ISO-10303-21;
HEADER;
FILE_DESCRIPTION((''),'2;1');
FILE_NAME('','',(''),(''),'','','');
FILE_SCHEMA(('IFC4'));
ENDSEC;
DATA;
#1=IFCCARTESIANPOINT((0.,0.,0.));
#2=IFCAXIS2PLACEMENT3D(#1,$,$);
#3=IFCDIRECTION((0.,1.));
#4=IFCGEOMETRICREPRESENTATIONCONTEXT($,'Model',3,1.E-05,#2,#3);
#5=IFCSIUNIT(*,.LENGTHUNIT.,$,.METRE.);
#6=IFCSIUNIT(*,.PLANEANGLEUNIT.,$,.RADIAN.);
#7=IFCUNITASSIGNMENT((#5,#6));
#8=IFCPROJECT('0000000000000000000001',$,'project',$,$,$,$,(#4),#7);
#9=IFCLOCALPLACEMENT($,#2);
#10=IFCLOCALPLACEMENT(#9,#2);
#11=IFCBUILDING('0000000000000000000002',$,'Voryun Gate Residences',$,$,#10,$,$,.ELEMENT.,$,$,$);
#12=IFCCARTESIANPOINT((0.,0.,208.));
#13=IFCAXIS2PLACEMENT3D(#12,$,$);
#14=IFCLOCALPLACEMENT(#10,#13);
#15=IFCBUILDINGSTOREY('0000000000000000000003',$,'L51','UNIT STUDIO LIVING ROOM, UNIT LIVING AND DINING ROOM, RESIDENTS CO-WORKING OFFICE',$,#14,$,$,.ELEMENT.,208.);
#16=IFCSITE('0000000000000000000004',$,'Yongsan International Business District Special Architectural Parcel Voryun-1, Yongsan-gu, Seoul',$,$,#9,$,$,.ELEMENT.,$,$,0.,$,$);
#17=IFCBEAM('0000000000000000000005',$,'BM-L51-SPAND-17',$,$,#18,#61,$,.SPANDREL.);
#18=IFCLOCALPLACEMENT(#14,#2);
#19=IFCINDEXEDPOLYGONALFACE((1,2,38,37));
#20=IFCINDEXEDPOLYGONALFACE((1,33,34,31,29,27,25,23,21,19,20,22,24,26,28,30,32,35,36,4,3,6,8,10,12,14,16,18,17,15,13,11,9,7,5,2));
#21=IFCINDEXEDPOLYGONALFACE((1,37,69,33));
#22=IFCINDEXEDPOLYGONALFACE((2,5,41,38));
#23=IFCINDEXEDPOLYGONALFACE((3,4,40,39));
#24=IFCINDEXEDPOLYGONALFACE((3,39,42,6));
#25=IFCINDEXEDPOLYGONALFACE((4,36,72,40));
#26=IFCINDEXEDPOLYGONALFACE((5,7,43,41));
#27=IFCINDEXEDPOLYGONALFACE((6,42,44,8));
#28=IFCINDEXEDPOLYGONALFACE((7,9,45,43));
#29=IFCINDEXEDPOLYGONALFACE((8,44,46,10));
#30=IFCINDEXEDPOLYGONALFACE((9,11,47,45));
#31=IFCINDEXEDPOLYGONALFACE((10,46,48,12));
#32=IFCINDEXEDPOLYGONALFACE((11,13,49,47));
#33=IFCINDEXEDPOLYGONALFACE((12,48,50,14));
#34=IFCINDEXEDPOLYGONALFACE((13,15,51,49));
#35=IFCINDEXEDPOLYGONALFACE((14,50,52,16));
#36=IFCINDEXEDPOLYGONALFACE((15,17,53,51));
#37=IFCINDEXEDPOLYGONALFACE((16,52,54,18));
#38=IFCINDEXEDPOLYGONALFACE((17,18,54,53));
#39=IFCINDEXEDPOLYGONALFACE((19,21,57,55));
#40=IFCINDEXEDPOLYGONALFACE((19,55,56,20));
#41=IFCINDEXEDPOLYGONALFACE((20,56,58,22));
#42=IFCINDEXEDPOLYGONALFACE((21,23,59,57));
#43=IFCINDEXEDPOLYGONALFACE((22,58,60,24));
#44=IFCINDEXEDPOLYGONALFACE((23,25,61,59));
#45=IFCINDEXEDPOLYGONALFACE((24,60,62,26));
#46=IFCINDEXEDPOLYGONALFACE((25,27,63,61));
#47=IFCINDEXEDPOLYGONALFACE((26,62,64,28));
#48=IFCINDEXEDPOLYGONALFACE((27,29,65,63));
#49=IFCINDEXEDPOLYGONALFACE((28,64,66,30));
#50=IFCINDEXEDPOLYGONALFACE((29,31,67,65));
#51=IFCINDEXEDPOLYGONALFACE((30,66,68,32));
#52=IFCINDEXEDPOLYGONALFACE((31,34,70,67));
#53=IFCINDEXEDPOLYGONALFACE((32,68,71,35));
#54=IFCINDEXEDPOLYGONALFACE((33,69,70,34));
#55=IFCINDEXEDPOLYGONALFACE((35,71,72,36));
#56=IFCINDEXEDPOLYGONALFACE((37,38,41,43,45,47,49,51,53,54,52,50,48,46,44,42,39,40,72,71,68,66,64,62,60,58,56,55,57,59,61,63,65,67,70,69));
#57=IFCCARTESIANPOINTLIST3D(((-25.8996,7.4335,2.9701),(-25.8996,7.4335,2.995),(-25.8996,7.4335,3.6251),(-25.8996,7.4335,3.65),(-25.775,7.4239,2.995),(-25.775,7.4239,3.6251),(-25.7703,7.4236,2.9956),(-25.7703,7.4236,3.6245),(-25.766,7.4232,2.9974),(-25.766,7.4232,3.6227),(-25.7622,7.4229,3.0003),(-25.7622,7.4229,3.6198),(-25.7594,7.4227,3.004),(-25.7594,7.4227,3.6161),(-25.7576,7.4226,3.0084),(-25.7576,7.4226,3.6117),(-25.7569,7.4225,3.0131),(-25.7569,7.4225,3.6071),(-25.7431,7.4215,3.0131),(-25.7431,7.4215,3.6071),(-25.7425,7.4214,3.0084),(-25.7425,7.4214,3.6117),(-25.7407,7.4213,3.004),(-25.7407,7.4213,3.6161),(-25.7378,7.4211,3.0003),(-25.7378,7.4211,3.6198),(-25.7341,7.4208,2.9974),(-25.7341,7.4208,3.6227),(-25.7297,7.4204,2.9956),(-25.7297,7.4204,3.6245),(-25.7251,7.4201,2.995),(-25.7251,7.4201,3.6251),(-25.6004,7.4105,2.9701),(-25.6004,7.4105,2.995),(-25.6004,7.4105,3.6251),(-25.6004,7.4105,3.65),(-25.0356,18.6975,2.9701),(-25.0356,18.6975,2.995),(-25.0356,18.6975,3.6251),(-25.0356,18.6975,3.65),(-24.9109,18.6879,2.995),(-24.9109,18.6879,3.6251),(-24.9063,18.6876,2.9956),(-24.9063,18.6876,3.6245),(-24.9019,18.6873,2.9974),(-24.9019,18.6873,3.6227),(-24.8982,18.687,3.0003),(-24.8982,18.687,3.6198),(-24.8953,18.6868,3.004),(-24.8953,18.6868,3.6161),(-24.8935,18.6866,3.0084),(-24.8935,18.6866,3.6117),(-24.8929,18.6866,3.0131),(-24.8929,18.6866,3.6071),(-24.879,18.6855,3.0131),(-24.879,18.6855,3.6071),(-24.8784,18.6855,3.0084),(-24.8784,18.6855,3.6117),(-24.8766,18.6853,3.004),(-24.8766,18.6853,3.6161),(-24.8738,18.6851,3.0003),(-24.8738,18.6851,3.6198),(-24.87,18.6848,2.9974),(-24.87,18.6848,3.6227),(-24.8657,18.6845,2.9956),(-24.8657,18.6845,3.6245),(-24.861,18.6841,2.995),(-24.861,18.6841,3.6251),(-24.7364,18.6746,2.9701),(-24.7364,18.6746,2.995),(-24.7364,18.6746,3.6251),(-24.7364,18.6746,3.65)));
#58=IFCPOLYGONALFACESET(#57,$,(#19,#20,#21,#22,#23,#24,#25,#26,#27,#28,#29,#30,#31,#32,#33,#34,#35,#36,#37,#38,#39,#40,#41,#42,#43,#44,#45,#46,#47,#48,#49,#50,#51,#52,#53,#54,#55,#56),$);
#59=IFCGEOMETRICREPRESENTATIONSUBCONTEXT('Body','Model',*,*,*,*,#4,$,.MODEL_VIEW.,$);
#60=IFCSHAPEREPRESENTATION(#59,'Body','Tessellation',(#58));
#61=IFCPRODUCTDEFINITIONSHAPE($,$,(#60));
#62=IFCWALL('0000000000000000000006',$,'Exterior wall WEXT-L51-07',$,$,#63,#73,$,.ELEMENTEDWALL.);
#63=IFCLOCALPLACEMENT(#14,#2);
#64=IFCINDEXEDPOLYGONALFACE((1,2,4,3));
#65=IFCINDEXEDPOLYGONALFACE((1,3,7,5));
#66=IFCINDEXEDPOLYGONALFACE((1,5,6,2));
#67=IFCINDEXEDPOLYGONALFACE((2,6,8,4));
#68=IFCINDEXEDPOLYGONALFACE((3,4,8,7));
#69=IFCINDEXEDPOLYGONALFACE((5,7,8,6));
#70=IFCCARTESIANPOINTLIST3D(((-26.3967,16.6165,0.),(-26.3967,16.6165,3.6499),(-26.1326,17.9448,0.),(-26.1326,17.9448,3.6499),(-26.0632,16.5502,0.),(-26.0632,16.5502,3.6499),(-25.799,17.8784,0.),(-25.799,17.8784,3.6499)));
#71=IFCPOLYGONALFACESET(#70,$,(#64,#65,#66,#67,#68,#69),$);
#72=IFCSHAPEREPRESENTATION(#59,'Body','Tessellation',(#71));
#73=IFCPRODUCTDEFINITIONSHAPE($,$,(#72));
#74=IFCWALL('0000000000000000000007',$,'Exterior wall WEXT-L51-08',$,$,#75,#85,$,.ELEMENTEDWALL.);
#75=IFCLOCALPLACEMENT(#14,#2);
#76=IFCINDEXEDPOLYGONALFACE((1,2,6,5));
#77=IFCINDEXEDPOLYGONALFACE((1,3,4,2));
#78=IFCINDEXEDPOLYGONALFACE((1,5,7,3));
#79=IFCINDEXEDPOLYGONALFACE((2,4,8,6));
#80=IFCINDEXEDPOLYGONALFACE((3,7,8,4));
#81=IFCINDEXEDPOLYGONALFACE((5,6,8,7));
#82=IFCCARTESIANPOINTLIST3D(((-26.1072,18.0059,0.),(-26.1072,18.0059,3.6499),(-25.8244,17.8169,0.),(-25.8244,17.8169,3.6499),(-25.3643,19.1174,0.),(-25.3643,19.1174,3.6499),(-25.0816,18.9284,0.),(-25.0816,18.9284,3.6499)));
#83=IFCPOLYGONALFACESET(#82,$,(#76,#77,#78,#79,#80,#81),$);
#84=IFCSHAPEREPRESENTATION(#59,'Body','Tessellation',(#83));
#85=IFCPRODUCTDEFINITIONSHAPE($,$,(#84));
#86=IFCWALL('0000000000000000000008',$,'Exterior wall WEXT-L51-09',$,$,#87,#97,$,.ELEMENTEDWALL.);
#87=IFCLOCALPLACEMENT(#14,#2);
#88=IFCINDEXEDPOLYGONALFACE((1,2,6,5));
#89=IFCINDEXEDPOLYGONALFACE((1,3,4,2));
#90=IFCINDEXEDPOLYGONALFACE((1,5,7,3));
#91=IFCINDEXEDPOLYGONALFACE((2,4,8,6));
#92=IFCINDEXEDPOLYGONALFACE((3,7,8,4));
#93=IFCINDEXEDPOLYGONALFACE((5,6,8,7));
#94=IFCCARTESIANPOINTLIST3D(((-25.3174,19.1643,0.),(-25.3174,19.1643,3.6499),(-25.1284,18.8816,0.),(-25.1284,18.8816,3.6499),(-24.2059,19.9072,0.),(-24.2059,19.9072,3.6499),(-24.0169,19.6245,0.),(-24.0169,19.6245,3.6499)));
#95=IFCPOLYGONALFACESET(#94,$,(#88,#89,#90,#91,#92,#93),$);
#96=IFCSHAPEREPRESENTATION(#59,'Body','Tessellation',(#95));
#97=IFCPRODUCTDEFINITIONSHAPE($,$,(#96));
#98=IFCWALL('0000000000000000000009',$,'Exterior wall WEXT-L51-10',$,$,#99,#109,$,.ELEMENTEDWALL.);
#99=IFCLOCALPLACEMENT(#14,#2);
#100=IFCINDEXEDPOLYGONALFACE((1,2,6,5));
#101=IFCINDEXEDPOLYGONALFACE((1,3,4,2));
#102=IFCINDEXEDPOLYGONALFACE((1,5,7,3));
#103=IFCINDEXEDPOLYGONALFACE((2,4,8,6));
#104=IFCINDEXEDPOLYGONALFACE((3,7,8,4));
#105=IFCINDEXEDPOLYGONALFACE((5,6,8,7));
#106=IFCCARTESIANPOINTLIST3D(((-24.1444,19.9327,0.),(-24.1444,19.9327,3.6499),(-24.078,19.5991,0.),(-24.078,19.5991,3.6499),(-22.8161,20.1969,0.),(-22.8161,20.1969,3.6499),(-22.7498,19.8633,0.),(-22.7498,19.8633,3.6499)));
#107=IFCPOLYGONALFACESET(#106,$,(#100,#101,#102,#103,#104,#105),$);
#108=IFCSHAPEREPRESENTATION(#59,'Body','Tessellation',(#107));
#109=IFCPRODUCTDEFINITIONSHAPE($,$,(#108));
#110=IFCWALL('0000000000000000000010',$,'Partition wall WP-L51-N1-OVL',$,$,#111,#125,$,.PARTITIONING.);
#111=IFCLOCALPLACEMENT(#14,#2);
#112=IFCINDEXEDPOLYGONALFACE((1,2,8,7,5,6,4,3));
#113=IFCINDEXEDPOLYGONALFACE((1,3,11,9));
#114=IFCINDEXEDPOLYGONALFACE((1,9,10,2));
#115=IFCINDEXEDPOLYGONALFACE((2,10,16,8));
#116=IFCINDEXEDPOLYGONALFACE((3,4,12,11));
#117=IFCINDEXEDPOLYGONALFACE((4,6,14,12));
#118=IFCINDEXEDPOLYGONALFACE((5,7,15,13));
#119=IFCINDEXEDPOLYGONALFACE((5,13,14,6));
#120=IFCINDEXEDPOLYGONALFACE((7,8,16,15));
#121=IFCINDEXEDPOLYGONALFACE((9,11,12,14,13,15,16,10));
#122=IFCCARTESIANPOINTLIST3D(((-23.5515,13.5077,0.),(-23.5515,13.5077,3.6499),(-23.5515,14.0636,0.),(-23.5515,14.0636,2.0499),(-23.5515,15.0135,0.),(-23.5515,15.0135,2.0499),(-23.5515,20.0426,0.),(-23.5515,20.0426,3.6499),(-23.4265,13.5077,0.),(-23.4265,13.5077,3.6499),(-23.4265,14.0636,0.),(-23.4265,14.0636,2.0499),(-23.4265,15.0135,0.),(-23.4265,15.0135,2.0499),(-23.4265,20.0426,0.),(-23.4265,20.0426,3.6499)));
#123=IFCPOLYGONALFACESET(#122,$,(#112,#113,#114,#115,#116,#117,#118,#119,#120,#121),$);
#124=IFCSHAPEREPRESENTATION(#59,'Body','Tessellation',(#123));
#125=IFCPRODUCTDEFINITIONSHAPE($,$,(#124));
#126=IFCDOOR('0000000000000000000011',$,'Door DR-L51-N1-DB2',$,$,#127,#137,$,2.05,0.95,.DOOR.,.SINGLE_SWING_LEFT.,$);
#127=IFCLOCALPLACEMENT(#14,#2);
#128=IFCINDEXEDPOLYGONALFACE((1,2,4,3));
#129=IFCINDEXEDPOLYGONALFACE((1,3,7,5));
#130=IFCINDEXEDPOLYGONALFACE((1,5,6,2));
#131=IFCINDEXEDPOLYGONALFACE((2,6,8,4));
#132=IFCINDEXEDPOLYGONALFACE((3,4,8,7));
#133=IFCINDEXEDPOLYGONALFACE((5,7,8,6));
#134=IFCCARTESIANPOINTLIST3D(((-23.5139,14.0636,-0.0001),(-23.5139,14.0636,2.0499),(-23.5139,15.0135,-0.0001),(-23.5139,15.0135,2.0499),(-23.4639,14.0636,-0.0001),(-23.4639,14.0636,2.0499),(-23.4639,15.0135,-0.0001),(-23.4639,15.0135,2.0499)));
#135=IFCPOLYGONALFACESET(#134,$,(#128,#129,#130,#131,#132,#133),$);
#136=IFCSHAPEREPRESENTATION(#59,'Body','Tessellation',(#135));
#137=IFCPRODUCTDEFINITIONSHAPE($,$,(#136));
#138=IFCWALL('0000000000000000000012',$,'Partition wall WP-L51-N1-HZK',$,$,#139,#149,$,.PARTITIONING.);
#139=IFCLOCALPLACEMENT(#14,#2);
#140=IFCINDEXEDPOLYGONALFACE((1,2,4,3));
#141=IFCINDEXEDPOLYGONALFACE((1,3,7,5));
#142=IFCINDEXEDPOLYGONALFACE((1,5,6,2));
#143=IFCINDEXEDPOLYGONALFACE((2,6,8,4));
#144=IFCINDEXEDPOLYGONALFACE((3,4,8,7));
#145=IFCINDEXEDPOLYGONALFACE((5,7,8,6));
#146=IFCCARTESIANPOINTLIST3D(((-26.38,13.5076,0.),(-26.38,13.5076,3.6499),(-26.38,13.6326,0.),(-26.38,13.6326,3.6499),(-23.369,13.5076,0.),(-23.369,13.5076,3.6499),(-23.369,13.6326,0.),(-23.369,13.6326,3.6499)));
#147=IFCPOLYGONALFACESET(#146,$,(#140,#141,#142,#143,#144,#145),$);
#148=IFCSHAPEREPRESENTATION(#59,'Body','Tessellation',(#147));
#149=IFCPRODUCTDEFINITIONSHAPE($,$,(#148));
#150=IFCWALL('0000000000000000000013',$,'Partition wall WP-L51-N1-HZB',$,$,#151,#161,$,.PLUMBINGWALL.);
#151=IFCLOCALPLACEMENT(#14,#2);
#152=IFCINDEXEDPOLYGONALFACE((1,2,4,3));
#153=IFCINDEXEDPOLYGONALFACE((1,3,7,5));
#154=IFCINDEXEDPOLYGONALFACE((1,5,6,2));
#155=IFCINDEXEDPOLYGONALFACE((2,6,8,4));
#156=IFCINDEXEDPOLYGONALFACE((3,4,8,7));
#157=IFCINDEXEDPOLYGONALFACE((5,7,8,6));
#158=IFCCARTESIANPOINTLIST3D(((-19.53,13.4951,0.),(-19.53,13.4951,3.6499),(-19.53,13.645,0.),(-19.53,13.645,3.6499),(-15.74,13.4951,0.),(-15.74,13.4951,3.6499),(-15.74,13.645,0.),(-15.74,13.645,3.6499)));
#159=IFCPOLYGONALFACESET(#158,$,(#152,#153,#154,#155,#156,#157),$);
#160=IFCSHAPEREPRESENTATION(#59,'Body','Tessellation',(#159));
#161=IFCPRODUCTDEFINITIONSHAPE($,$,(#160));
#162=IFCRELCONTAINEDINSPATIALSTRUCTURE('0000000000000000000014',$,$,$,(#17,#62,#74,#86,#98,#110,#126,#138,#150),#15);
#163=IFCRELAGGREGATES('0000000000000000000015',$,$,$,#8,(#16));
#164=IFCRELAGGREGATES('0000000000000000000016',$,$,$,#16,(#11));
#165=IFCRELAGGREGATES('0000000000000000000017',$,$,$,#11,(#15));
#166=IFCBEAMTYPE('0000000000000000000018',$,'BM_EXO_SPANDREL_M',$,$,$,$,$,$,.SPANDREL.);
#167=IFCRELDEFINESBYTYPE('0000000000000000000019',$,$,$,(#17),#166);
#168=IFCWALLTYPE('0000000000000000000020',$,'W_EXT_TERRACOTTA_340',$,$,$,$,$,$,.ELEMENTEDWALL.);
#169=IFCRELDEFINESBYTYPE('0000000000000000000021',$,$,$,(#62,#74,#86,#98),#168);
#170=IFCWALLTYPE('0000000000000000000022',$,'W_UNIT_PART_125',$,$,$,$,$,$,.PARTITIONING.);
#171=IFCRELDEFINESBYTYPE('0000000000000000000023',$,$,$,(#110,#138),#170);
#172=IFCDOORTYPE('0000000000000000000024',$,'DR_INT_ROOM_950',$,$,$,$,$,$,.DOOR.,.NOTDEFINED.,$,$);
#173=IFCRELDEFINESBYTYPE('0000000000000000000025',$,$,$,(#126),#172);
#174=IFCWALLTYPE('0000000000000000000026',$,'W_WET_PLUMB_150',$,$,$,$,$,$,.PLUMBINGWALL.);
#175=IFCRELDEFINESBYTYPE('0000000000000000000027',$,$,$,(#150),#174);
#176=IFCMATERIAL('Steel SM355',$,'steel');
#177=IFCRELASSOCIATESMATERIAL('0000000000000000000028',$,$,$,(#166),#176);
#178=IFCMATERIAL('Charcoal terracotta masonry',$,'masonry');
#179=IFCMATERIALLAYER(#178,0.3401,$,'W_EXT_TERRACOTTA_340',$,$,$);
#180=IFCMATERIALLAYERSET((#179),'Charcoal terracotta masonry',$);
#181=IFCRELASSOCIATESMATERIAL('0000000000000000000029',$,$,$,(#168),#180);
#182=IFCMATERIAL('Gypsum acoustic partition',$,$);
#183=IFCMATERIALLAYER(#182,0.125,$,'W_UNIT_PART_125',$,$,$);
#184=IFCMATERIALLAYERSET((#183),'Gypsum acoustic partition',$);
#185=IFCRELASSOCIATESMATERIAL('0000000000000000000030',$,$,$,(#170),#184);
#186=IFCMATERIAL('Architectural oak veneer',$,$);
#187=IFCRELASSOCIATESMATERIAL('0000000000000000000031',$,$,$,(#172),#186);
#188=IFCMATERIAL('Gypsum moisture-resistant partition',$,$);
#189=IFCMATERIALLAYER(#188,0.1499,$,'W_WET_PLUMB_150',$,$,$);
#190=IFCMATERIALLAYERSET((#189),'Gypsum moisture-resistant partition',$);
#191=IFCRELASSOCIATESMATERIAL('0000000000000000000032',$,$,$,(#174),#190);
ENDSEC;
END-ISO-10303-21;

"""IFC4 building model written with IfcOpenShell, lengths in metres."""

from ifc_helpers import new_model, si_unit, direction, frame, frame_2d, origin, origin_2d, place, context, subcontext, project, spatial, rectangle, i_section, extrude, material, layer, layer_set, material_profile, profile_set, type_object, element, fill, save


model = new_model("IFC4")

# Units and contexts
model_context = context("Model", 3, precision=1e-05, world=origin(), true_north=direction((0.0, 1.0)))
body_context = subcontext(model_context, "Body", "Model", "MODEL_VIEW")
ifc_project = project(units=[si_unit("LENGTHUNIT", "METRE"), si_unit("PLANEANGLEUNIT", "RADIAN")], contexts=[model_context])

# Site, building, storey
site_placement = place(None, origin())
site = spatial("IfcSite", under=ifc_project, at=site_placement, Name="Yongsan International Business District Special Architectural Parcel Voryun-1, Yongsan-gu, Seoul", CompositionType="ELEMENT", RefElevation=0.0)
building_placement = place(site_placement, origin())
building = spatial("IfcBuilding", under=site, at=building_placement, Name="Voryun Gate Residences", CompositionType="ELEMENT")
storey_placement = place(building_placement, frame((0.0, 0.0, 208.0)))
storey = spatial("IfcBuildingStorey", under=building, at=storey_placement, Name="L51", Description="UNIT STUDIO LIVING ROOM, UNIT LIVING AND DINING ROOM, RESIDENTS CO-WORKING OFFICE", CompositionType="ELEMENT", Elevation=208.0)

# Beam
ifc_material_1 = material(Name="Steel SM355", Category="steel")
ifc_material_profile_1 = material_profile(ifc_material_1, i_section(OverallWidth=0.3, OverallDepth=0.6799, WebThickness=0.0139, FlangeThickness=0.0249, FilletRadius=0.0181, at=origin_2d()), Name="H-680x300x14x25")
ifc_profile_set_1 = profile_set([ifc_material_profile_1], Name="Steel SM355")
beam_type = type_object("IfcBeamType", Name="BM_EXO_SPANDREL_M", PredefinedType="SPANDREL", material=ifc_profile_set_1)
beam_1_placement = place(storey_placement, frame((-24.886, 18.686, 3.3101), z_axis=(-0.076482, -0.997071, 0.0), x_axis=(0.997071, -0.076482, 0.0)))
element("IfcBeam", 1, at=beam_1_placement, inside=storey, type_object=beam_type, Name="BM-L51-SPAND-17", PredefinedType="SPANDREL", context=body_context, shape_type="SweptSolid", body=[
    extrude(i_section(OverallWidth=0.3, OverallDepth=0.6799, WebThickness=0.0139, FlangeThickness=0.0249, FilletRadius=0.0181, at=origin_2d()), origin(), (0.0, 0.0, 1.0), 11.2971),
])

# Walls
ifc_material_2 = material(Name="Charcoal terracotta masonry", Category="masonry")
ifc_layer_1 = layer(ifc_material_2, 0.3401, Name="W_EXT_TERRACOTTA_340")
ifc_layer_set_1 = layer_set([ifc_layer_1], Name="Charcoal terracotta masonry")
wall_type_1 = type_object("IfcWallType", Name="W_EXT_TERRACOTTA_340", PredefinedType="ELEMENTEDWALL", material=ifc_layer_set_1)
wall_1_placement = place(storey_placement, frame((-26.23, 16.5833, 0.0), z_axis=(0.0, 0.0, 1.0), x_axis=(0.195076, 0.980788, 0.0)))
element("IfcWall", 2, at=wall_1_placement, inside=storey, type_object=wall_type_1, Name="Exterior wall WEXT-L51-07", PredefinedType="ELEMENTEDWALL", context=body_context, shape_type="SweptSolid", body=[
    extrude(rectangle(XDim=1.3542, YDim=0.3401, at=frame_2d((0.6772, 0.0))), origin(), (0.0, 0.0, 1.0), 3.6499),
])
for number, where, z_axis, x_axis, name in (
    (3, (-25.9658, 17.9114, 0.0), (0.0, 0.0, 1.0), (0.555669, 0.831404, 0.0), "Exterior wall WEXT-L51-08"),
    (4, (-25.2229, 19.0229, 0.0), (0.0, 0.0, 1.0), (0.831404, 0.555669, 0.0), "Exterior wall WEXT-L51-09"),
):
    element("IfcWall", number, at=place(storey_placement, frame(where, z_axis=z_axis, x_axis=x_axis)), inside=storey, type_object=wall_type_1, Name=name, PredefinedType="ELEMENTEDWALL", context=body_context, shape_type="SweptSolid", body=[
        extrude(rectangle(XDim=1.3369, YDim=0.3401, at=frame_2d((0.6685, 0.0))), origin(), (0.0, 0.0, 1.0), 3.6499),
    ])
wall_2_placement = place(storey_placement, frame((-24.1113, 19.7659, 0.0), z_axis=(0.0, 0.0, 1.0), x_axis=(0.980788, 0.195076, 0.0)))
element("IfcWall", 5, at=wall_2_placement, inside=storey, type_object=wall_type_1, Name="Exterior wall WEXT-L51-10", PredefinedType="ELEMENTEDWALL", context=body_context, shape_type="SweptSolid", body=[
    extrude(rectangle(XDim=1.3542, YDim=0.3401, at=frame_2d((0.6772, 0.0))), origin(), (0.0, 0.0, 1.0), 3.6499),
])

# Wall, opening, door
ifc_material_3 = material(Name="Gypsum acoustic partition")
ifc_layer_2 = layer(ifc_material_3, 0.125, Name="W_UNIT_PART_125")
ifc_layer_set_2 = layer_set([ifc_layer_2], Name="Gypsum acoustic partition")
wall_type_2 = type_object("IfcWallType", Name="W_UNIT_PART_125", PredefinedType="PARTITIONING", material=ifc_layer_set_2)
wall_3_placement = place(storey_placement, frame((-23.489, 13.5076, 0.0), z_axis=(0.0, 0.0, 1.0), x_axis=(0.0, 1.0, 0.0)))
wall_3 = element("IfcWall", 6, at=wall_3_placement, inside=storey, type_object=wall_type_2, Name="Partition wall WP-L51-N1-OVL", PredefinedType="PARTITIONING", context=body_context, shape_type="SweptSolid", body=[
    extrude(rectangle(XDim=6.5349, YDim=0.125, at=frame_2d((3.2676, 0.0))), origin(), (0.0, 0.0, 1.0), 3.6499),
])
opening_1_placement = place(wall_3_placement, frame((0.5559, 0.0, 0.0)))
opening_1 = element("IfcOpeningElement", 7, at=opening_1_placement, cuts=wall_3, PredefinedType="OPENING", context=body_context, shape_type="SweptSolid", body=[
    extrude(rectangle(XDim=0.95, YDim=2.05, at=frame_2d((0.4751, 1.0249))), frame((0.0, 0.0725, 0.0), z_axis=(0.0, -1.0, 0.0), x_axis=(1.0, 0.0, 0.0)), (0.0, 0.0, 1.0), 0.145),
])
ifc_material_4 = material(Name="Architectural oak veneer")
door_type = type_object("IfcDoorType", Name="DR_INT_ROOM_950", OperationType="NOTDEFINED", PredefinedType="DOOR", material=ifc_material_4)
door_placement = place(opening_1_placement, origin())
door = element("IfcDoor", 8, at=door_placement, inside=storey, type_object=door_type, Name="Door DR-L51-N1-DB2", OperationType="SINGLE_SWING_LEFT", OverallHeight=2.05, OverallWidth=0.95, PredefinedType="DOOR", context=body_context, shape_type="SweptSolid", body=[
    extrude(rectangle(XDim=0.95, YDim=2.05, at=frame_2d((0.4751, 1.0249))), frame((0.0, 0.0249, 0.0), z_axis=(0.0, -1.0, 0.0), x_axis=(1.0, 0.0, 0.0)), (0.0, 0.0, 1.0), 0.05),
])
fill(opening_1, door)

# Walls
wall_4_placement = place(storey_placement, frame((-26.3799, 13.5701, 0.0), z_axis=(0.0, 0.0, 1.0), x_axis=(1.0, 0.0, 0.0)))
element("IfcWall", 9, at=wall_4_placement, inside=storey, type_object=wall_type_2, Name="Partition wall WP-L51-N1-HZK", PredefinedType="PARTITIONING", context=body_context, shape_type="SweptSolid", body=[
    extrude(rectangle(XDim=3.011, YDim=0.125, at=frame_2d((1.5054, 0.0))), origin(), (0.0, 0.0, 1.0), 3.6499),
])
ifc_material_5 = material(Name="Gypsum moisture-resistant partition")
ifc_layer_3 = layer(ifc_material_5, 0.1499, Name="W_WET_PLUMB_150")
ifc_layer_set_3 = layer_set([ifc_layer_3], Name="Gypsum moisture-resistant partition")
wall_type_3 = type_object("IfcWallType", Name="W_WET_PLUMB_150", PredefinedType="PLUMBINGWALL", material=ifc_layer_set_3)
wall_5_placement = place(storey_placement, frame((-19.53, 13.5701, 0.0), z_axis=(0.0, 0.0, 1.0), x_axis=(1.0, 0.0, 0.0)))
element("IfcWall", 10, at=wall_5_placement, inside=storey, type_object=wall_type_3, Name="Partition wall WP-L51-N1-HZB", PredefinedType="PLUMBINGWALL", context=body_context, shape_type="SweptSolid", body=[
    extrude(rectangle(XDim=3.79, YDim=0.1499, at=frame_2d((1.895, 0.0))), origin(), (0.0, 0.0, 1.0), 3.6499),
])

save(model, "model.ifc")
